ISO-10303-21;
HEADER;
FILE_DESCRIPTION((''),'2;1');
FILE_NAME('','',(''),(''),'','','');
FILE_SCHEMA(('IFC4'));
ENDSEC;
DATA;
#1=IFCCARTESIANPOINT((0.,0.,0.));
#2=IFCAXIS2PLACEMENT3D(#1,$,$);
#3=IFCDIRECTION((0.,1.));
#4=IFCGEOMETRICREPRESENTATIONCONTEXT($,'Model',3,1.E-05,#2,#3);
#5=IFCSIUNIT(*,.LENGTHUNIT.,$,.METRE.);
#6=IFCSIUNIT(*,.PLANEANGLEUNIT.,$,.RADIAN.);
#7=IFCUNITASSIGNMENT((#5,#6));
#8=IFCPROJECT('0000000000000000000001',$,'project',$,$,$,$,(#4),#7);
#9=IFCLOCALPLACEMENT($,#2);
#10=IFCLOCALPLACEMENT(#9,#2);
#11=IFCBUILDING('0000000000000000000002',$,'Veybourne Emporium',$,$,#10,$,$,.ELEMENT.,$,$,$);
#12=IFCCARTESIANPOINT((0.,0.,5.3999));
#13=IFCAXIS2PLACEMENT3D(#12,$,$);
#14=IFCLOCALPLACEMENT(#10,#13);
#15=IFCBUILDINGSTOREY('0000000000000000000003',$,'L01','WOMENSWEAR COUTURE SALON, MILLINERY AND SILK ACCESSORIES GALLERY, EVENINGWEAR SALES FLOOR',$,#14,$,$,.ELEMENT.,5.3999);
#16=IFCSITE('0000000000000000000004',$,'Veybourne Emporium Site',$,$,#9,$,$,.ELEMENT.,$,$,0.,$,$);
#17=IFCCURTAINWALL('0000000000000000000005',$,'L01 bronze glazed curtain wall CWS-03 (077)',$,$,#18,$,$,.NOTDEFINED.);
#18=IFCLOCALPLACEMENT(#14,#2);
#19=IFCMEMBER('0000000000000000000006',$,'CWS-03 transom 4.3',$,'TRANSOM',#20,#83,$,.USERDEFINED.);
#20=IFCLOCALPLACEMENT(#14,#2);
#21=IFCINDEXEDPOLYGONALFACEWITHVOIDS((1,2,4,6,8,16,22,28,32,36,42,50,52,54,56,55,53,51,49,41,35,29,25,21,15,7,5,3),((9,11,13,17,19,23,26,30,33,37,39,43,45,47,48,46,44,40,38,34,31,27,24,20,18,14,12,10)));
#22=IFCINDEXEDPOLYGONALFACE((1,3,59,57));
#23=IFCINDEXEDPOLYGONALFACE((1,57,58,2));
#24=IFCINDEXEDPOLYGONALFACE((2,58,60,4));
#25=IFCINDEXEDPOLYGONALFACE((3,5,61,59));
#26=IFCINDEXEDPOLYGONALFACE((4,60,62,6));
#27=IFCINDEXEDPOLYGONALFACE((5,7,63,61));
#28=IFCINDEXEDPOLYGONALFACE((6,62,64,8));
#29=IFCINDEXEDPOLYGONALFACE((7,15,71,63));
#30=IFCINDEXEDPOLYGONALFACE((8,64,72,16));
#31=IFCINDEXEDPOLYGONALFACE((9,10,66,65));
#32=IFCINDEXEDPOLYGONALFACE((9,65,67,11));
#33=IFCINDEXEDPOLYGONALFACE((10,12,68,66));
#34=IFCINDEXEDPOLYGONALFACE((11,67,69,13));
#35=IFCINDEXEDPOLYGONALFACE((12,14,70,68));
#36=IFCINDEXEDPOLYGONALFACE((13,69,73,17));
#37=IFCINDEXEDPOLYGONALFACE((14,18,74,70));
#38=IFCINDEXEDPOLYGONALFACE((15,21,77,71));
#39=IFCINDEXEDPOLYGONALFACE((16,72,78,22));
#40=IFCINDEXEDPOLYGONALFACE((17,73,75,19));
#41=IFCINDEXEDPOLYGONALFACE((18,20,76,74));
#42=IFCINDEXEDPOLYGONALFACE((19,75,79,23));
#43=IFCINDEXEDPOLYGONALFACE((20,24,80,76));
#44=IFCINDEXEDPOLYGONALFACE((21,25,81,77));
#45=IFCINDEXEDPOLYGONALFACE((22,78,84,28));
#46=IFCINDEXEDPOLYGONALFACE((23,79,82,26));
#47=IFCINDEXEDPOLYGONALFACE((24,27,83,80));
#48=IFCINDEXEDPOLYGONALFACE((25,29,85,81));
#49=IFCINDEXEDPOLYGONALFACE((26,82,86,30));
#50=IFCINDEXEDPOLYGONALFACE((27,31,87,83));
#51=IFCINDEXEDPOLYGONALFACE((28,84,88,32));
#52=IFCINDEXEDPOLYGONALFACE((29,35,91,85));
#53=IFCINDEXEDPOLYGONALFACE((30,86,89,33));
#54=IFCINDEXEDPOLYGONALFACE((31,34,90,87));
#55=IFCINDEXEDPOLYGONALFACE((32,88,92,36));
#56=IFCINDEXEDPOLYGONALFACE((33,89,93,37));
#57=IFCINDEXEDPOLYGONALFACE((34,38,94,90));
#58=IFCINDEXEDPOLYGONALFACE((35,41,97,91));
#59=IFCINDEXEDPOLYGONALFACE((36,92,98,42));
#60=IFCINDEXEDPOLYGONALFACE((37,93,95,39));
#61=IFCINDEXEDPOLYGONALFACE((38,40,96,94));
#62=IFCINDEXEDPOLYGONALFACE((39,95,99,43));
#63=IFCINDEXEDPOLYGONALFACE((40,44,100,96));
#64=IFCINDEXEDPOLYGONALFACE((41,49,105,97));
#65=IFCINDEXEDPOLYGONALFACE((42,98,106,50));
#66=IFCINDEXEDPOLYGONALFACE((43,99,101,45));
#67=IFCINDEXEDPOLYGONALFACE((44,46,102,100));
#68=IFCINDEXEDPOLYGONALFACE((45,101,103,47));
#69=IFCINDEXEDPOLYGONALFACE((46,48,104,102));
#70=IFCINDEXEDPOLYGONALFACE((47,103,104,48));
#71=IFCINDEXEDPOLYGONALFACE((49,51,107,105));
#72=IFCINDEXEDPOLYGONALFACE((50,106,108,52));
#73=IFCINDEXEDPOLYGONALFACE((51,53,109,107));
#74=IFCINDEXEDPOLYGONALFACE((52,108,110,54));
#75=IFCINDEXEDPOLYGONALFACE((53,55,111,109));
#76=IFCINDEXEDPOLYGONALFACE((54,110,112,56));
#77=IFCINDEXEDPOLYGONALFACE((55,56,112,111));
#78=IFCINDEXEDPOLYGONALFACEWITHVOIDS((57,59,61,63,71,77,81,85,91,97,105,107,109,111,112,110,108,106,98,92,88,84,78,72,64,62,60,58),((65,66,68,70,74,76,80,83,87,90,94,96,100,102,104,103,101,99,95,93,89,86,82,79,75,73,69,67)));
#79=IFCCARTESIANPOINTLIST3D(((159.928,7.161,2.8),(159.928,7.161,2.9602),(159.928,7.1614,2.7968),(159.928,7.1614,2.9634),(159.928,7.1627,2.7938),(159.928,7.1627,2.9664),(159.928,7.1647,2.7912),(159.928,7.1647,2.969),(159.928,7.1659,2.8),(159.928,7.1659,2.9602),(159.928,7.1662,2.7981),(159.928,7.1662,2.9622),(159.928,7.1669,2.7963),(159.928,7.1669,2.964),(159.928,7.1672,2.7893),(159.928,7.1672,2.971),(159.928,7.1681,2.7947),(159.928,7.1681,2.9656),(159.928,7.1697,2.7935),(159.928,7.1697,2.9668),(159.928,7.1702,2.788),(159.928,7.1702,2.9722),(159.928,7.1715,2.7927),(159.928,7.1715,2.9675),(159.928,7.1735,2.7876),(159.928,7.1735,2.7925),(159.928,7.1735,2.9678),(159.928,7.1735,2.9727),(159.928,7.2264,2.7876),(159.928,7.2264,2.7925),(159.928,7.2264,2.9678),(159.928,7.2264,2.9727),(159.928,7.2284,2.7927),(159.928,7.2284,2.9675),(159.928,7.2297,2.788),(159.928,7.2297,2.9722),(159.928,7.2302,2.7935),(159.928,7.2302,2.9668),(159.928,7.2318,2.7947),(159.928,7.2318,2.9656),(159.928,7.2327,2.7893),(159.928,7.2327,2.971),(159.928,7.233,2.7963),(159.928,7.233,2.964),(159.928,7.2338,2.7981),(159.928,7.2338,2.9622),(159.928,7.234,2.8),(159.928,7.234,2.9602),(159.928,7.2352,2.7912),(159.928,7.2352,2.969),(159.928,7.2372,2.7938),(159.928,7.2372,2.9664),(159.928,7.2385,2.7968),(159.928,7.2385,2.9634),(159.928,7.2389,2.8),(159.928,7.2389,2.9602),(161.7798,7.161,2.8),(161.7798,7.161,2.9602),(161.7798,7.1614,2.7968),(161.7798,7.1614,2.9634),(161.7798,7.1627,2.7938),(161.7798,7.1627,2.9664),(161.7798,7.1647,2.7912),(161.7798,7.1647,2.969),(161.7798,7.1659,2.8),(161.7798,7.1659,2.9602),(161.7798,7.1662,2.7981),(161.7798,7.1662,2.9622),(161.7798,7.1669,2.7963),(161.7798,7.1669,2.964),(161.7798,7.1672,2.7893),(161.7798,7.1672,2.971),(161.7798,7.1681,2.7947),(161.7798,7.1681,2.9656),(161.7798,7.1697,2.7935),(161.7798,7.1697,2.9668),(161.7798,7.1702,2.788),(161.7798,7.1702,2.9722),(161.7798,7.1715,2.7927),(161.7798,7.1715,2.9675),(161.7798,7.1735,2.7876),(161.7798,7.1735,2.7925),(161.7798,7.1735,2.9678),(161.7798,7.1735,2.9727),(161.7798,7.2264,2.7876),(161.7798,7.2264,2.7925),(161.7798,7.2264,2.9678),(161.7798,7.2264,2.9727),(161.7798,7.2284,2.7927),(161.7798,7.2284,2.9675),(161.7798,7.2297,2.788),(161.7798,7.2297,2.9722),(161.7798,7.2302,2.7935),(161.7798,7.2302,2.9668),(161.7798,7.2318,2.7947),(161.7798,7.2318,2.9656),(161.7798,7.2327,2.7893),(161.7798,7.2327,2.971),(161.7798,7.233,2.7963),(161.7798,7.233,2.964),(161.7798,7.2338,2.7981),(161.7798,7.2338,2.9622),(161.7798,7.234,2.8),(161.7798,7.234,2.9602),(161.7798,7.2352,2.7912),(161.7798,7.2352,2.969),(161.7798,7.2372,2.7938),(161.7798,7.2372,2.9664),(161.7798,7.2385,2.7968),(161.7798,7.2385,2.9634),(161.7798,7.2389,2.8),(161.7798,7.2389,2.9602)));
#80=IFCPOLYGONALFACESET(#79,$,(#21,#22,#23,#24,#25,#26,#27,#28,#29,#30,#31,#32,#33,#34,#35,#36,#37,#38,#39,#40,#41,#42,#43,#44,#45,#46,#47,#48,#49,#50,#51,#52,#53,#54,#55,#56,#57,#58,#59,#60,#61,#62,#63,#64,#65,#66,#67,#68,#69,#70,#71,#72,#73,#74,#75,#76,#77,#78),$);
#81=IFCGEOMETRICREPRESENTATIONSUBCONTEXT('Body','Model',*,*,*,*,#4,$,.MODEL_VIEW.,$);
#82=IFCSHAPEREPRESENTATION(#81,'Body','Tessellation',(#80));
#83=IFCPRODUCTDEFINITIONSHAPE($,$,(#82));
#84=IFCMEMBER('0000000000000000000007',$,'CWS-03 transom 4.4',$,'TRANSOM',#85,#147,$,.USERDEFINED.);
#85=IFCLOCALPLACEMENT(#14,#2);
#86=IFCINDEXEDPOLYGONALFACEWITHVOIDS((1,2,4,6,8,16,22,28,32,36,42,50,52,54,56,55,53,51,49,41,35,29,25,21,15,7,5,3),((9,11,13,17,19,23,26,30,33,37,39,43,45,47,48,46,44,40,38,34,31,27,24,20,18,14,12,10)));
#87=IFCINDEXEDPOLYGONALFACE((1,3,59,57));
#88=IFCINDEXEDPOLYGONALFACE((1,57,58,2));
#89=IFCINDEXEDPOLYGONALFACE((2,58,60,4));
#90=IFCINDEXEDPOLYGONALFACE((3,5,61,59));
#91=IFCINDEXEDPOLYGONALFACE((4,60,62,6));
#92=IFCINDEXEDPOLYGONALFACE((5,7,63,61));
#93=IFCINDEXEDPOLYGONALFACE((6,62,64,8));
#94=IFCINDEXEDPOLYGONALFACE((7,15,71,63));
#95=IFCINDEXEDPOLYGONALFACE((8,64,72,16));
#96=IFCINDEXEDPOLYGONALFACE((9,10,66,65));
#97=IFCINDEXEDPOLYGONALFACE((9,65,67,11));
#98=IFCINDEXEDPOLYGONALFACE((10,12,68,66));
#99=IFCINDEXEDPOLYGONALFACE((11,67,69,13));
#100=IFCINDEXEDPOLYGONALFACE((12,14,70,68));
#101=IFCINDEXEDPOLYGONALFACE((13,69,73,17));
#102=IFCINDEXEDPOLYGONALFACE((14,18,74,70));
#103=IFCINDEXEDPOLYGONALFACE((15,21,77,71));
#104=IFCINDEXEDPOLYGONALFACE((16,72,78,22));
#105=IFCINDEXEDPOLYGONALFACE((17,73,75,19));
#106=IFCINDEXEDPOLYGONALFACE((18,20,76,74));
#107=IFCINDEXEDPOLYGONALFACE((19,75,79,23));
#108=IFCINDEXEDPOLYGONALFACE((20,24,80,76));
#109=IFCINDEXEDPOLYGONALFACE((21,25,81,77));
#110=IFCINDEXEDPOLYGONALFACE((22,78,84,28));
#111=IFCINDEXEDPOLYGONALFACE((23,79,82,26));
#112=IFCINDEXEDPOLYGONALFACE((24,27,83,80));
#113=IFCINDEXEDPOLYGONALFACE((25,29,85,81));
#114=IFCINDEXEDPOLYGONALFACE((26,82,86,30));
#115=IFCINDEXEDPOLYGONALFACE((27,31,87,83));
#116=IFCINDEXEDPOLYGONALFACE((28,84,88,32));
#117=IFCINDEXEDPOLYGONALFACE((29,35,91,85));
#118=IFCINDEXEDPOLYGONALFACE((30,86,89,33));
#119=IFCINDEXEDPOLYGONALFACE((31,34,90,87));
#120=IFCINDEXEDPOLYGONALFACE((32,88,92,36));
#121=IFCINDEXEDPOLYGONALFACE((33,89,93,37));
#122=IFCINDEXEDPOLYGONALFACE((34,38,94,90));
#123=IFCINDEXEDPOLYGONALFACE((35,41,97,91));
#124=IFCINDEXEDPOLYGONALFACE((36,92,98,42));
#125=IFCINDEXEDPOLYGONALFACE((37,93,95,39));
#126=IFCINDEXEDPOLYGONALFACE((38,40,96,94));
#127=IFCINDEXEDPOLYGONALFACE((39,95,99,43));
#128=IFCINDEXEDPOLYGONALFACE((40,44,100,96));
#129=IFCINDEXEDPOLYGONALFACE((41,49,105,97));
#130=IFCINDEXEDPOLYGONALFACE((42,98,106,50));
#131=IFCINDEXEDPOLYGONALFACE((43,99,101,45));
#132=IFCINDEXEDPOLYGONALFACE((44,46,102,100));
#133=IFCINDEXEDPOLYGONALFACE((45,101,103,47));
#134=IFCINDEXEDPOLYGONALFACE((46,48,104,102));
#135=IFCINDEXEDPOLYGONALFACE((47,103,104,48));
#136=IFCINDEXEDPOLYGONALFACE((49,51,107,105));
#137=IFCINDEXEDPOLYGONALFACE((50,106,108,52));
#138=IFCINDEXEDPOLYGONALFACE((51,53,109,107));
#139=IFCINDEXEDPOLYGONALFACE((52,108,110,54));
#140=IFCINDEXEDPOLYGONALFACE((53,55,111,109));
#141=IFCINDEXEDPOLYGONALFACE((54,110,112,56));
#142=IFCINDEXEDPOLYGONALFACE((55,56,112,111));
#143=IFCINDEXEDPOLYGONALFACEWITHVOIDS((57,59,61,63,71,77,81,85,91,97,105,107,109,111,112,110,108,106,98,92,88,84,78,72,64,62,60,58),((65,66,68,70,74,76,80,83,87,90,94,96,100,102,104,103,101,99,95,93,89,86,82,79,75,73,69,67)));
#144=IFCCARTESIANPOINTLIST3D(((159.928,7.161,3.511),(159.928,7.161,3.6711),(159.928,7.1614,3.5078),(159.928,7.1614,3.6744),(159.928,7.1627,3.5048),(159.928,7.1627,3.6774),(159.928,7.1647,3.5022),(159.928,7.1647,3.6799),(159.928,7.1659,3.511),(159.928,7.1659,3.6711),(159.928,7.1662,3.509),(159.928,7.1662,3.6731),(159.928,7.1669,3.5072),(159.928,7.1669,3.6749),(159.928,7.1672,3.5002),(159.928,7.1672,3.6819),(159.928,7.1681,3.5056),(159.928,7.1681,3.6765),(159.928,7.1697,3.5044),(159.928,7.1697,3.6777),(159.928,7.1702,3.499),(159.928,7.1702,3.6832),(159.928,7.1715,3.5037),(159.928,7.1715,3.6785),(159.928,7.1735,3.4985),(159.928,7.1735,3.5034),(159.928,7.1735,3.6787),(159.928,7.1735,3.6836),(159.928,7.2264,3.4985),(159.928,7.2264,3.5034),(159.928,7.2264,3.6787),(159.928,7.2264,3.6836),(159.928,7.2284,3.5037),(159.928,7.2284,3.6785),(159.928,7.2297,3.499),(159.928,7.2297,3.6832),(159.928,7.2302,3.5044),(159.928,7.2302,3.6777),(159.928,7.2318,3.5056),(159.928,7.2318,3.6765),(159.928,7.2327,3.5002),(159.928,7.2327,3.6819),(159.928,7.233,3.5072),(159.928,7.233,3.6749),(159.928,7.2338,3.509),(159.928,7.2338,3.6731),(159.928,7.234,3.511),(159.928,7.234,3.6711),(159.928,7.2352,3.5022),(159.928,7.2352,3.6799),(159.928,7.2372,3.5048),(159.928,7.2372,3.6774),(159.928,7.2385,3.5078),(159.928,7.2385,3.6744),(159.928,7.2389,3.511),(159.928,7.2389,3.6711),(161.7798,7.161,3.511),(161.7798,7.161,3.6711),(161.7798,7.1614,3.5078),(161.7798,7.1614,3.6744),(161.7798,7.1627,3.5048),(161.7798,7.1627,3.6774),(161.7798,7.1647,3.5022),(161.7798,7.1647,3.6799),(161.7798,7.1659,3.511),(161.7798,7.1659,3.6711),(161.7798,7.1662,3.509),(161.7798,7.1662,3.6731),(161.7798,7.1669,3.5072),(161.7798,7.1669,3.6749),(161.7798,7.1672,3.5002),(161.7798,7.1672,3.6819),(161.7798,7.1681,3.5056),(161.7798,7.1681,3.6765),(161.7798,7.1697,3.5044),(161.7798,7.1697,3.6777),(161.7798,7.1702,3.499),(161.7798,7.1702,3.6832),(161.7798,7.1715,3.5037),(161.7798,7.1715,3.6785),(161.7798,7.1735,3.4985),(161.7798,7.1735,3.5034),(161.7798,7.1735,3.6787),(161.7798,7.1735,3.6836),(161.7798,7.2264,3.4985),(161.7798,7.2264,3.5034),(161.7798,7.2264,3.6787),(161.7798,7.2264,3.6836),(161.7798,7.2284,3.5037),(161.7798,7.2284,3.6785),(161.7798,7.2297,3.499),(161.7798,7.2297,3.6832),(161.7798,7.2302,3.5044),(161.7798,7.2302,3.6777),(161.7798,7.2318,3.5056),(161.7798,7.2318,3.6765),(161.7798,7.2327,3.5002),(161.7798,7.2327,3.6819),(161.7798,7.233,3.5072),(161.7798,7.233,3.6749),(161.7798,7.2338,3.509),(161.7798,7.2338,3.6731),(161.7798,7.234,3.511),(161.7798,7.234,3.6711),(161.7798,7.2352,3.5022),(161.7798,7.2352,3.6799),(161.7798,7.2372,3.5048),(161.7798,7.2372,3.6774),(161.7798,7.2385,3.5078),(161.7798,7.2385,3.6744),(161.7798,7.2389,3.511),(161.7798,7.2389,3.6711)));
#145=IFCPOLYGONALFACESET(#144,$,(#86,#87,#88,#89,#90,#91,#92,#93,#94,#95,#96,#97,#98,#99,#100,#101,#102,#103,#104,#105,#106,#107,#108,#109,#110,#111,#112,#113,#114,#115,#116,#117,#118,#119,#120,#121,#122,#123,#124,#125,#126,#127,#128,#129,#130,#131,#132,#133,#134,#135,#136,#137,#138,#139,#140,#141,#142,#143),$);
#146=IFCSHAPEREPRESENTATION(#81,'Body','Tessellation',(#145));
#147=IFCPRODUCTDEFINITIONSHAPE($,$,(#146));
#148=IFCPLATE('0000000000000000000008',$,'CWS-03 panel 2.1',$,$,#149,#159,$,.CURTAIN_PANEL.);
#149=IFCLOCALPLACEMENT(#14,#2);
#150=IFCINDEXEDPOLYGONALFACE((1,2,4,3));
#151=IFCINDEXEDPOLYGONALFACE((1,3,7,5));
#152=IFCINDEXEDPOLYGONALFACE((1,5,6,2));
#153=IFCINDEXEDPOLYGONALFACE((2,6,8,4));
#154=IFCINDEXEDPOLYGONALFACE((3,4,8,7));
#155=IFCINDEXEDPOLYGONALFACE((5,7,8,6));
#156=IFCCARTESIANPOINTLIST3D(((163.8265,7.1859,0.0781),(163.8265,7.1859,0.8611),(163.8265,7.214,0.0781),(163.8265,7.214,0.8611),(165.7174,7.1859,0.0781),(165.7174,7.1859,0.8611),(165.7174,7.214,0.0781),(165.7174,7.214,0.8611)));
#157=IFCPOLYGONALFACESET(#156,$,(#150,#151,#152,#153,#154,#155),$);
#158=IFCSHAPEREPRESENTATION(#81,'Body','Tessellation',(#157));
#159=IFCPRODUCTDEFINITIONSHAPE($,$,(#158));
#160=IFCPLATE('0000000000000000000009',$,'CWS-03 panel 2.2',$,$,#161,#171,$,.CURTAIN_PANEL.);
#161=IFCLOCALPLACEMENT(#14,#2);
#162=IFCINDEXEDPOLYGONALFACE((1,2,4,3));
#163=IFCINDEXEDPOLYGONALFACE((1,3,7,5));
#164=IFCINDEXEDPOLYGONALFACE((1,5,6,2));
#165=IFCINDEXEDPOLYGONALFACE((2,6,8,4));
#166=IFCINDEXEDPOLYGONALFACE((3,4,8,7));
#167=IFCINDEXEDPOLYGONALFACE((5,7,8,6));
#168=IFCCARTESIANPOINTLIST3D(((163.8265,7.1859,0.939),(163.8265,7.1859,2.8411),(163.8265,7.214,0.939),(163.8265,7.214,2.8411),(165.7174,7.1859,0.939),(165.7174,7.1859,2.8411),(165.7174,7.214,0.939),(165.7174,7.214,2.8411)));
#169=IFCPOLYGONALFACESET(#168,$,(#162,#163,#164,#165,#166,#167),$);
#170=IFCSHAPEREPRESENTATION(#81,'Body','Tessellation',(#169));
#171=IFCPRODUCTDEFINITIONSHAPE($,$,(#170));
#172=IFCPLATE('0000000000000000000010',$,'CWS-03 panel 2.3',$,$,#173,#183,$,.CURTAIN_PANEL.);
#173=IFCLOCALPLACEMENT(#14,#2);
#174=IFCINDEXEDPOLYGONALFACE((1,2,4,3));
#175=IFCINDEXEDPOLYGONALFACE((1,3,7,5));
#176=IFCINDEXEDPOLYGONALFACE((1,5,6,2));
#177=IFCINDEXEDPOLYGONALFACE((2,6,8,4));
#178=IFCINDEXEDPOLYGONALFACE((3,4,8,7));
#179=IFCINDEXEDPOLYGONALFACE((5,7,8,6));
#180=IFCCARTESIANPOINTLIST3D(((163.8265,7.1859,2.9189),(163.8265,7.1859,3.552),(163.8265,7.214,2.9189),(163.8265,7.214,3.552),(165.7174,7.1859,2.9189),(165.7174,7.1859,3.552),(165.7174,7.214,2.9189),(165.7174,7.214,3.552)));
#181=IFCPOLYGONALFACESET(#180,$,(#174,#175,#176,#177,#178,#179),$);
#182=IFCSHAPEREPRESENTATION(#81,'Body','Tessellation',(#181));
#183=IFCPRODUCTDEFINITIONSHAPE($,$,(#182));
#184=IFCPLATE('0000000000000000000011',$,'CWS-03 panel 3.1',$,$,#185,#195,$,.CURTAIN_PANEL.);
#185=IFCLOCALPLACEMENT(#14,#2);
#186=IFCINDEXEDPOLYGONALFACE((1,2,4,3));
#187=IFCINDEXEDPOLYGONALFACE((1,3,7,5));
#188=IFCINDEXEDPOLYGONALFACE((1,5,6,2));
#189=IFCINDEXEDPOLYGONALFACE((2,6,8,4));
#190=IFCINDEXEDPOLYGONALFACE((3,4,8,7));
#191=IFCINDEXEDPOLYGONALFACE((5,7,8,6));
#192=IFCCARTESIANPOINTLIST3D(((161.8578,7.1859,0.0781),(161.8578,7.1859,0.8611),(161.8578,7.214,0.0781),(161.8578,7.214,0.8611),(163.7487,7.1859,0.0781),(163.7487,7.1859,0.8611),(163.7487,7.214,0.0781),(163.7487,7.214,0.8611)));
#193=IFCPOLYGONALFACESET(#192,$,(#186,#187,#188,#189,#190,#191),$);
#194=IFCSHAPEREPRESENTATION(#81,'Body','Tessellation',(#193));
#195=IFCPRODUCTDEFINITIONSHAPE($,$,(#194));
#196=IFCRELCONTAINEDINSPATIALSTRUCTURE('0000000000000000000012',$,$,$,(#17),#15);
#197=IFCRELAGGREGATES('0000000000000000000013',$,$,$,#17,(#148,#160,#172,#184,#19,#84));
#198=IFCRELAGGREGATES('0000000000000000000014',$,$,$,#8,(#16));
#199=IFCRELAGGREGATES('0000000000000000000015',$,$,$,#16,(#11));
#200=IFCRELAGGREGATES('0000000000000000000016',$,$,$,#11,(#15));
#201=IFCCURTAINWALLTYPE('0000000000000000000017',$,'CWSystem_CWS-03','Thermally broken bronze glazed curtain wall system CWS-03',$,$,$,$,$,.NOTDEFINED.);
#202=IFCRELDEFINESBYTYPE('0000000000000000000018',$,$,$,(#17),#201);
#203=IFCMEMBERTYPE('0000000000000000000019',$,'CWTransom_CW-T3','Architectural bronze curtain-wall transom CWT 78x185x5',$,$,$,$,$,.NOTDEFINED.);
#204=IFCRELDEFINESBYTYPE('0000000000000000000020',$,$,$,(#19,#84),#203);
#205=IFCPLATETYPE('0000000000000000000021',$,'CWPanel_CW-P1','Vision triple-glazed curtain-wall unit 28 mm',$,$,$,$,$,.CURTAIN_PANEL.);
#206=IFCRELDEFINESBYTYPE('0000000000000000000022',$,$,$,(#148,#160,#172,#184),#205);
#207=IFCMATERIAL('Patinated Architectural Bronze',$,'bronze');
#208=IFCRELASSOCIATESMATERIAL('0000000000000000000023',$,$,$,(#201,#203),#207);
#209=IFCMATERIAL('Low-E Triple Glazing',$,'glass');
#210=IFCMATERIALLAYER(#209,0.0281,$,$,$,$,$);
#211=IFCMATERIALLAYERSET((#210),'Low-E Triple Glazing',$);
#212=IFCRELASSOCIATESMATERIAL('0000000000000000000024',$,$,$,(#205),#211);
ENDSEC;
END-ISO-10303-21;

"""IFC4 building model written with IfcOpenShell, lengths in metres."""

from ifc_helpers import new_model, si_unit, direction, frame, origin, origin_2d, place, context, subcontext, project, spatial, rectangle, hollow_rectangle, extrude, material, layer, layer_set, material_profile, profile_set, type_object, element, aggregate, save


model = new_model("IFC4")

# Units and contexts
model_context = context("Model", 3, precision=1e-05, world=origin(), true_north=direction((0.0, 1.0)))
body_context = subcontext(model_context, "Body", "Model", "MODEL_VIEW")
ifc_project = project(units=[si_unit("LENGTHUNIT", "METRE"), si_unit("PLANEANGLEUNIT", "RADIAN")], contexts=[model_context])

# Site, building, storey
site_placement = place(None, origin())
site = spatial("IfcSite", under=ifc_project, at=site_placement, Name="Veybourne Emporium Site", CompositionType="ELEMENT", RefElevation=0.0)
building_placement = place(site_placement, origin())
building = spatial("IfcBuilding", under=site, at=building_placement, Name="Veybourne Emporium", CompositionType="ELEMENT")
storey_placement = place(building_placement, frame((0.0, 0.0, 5.3999)))
storey = spatial("IfcBuildingStorey", under=building, at=storey_placement, Name="L01", Description="WOMENSWEAR COUTURE SALON, MILLINERY AND SILK ACCESSORIES GALLERY, EVENINGWEAR SALES FLOOR", CompositionType="ELEMENT", Elevation=5.3999)

# Curtain wall, members, plates
ifc_material_1 = material(Name="Patinated Architectural Bronze", Category="bronze")
curtain_wall_type = type_object("IfcCurtainWallType", Name="CWSystem_CWS-03", Description="Thermally broken bronze glazed curtain wall system CWS-03", PredefinedType="NOTDEFINED", material=ifc_material_1)
curtain_wall_placement = place(storey_placement, origin())
curtain_wall = element("IfcCurtainWall", 1, at=curtain_wall_placement, inside=storey, type_object=curtain_wall_type, Name="L01 bronze glazed curtain wall CWS-03 (077)", PredefinedType="NOTDEFINED")
ifc_material_profile_1 = material_profile(ifc_material_1, hollow_rectangle(XDim=0.0779, YDim=0.1851, WallThickness=0.0049, InnerFilletRadius=0.0076, OuterFilletRadius=0.0125, at=origin_2d()), Name="CWT 78x185x5")
ifc_profile_set_1 = profile_set([ifc_material_profile_1], Name="Patinated Architectural Bronze")
member_type_1 = type_object("IfcMemberType", Name="CWTransom_CW-T3", Description="Architectural bronze curtain-wall transom CWT 78x185x5", PredefinedType="NOTDEFINED", material=ifc_profile_set_1)
member_1_placement = place(storey_placement, frame((161.7798, 7.2, 2.8801), z_axis=(-1.0, 0.0, 0.0), x_axis=(0.0, -1.0, 0.0)))
member_1 = element("IfcMember", 2, at=member_1_placement, type_object=member_type_1, Name="CWS-03 transom 4.3", ObjectType="TRANSOM", PredefinedType="USERDEFINED", context=body_context, shape_type="SweptSolid", body=[
    extrude(hollow_rectangle(XDim=0.0779, YDim=0.1851, WallThickness=0.0049, InnerFilletRadius=0.0076, OuterFilletRadius=0.0125, at=origin_2d()), origin(), (0.0, 0.0, 1.0), 1.8518),
])
member_2_placement = place(storey_placement, frame((161.7798, 7.2, 3.5911), z_axis=(-1.0, 0.0, 0.0), x_axis=(0.0, -1.0, 0.0)))
member_2 = element("IfcMember", 3, at=member_2_placement, type_object=member_type_1, Name="CWS-03 transom 4.4", ObjectType="TRANSOM", PredefinedType="USERDEFINED", context=body_context, shape_type="SweptSolid", body=[
    extrude(hollow_rectangle(XDim=0.0779, YDim=0.1851, WallThickness=0.0049, InnerFilletRadius=0.0076, OuterFilletRadius=0.0125, at=origin_2d()), origin(), (0.0, 0.0, 1.0), 1.8518),
])
ifc_material_2 = material(Name="Low-E Triple Glazing", Category="glass")
ifc_layer = layer(ifc_material_2, 0.0281)
ifc_layer_set = layer_set([ifc_layer], Name="Low-E Triple Glazing")
plate_type = type_object("IfcPlateType", Name="CWPanel_CW-P1", Description="Vision triple-glazed curtain-wall unit 28 mm", PredefinedType="CURTAIN_PANEL", material=ifc_layer_set)
plate_1_placement = place(storey_placement, frame((164.772, 7.2, 0.0781), z_axis=(0.0, 0.0, 1.0), x_axis=(-1.0, 0.0, 0.0)))
plate_1 = element("IfcPlate", 4, at=plate_1_placement, type_object=plate_type, Name="CWS-03 panel 2.1", PredefinedType="CURTAIN_PANEL", context=body_context, shape_type="SweptSolid", body=[
    extrude(rectangle(XDim=1.8909, YDim=0.0281, at=origin_2d()), origin(), (0.0, 0.0, 1.0), 0.783),
])
plate_2_placement = place(storey_placement, frame((164.772, 7.2, 0.939), z_axis=(0.0, 0.0, 1.0), x_axis=(-1.0, 0.0, 0.0)))
plate_2 = element("IfcPlate", 5, at=plate_2_placement, type_object=plate_type, Name="CWS-03 panel 2.2", PredefinedType="CURTAIN_PANEL", context=body_context, shape_type="SweptSolid", body=[
    extrude(rectangle(XDim=1.8909, YDim=0.0281, at=origin_2d()), origin(), (0.0, 0.0, 1.0), 1.9021),
])
plate_3_placement = place(storey_placement, frame((164.772, 7.2, 2.9189), z_axis=(0.0, 0.0, 1.0), x_axis=(-1.0, 0.0, 0.0)))
plate_3 = element("IfcPlate", 6, at=plate_3_placement, type_object=plate_type, Name="CWS-03 panel 2.3", PredefinedType="CURTAIN_PANEL", context=body_context, shape_type="SweptSolid", body=[
    extrude(rectangle(XDim=1.8909, YDim=0.0281, at=origin_2d()), origin(), (0.0, 0.0, 1.0), 0.6331),
])
plate_4_placement = place(storey_placement, frame((162.8032, 7.2, 0.0781), z_axis=(0.0, 0.0, 1.0), x_axis=(-1.0, 0.0, 0.0)))
plate_4 = element("IfcPlate", 7, at=plate_4_placement, type_object=plate_type, Name="CWS-03 panel 3.1", PredefinedType="CURTAIN_PANEL", context=body_context, shape_type="SweptSolid", body=[
    extrude(rectangle(XDim=1.8909, YDim=0.0281, at=origin_2d()), origin(), (0.0, 0.0, 1.0), 0.783),
])
aggregate(curtain_wall, [plate_1, plate_2, plate_3, plate_4, member_1, member_2])

save(model, "model.ifc")
